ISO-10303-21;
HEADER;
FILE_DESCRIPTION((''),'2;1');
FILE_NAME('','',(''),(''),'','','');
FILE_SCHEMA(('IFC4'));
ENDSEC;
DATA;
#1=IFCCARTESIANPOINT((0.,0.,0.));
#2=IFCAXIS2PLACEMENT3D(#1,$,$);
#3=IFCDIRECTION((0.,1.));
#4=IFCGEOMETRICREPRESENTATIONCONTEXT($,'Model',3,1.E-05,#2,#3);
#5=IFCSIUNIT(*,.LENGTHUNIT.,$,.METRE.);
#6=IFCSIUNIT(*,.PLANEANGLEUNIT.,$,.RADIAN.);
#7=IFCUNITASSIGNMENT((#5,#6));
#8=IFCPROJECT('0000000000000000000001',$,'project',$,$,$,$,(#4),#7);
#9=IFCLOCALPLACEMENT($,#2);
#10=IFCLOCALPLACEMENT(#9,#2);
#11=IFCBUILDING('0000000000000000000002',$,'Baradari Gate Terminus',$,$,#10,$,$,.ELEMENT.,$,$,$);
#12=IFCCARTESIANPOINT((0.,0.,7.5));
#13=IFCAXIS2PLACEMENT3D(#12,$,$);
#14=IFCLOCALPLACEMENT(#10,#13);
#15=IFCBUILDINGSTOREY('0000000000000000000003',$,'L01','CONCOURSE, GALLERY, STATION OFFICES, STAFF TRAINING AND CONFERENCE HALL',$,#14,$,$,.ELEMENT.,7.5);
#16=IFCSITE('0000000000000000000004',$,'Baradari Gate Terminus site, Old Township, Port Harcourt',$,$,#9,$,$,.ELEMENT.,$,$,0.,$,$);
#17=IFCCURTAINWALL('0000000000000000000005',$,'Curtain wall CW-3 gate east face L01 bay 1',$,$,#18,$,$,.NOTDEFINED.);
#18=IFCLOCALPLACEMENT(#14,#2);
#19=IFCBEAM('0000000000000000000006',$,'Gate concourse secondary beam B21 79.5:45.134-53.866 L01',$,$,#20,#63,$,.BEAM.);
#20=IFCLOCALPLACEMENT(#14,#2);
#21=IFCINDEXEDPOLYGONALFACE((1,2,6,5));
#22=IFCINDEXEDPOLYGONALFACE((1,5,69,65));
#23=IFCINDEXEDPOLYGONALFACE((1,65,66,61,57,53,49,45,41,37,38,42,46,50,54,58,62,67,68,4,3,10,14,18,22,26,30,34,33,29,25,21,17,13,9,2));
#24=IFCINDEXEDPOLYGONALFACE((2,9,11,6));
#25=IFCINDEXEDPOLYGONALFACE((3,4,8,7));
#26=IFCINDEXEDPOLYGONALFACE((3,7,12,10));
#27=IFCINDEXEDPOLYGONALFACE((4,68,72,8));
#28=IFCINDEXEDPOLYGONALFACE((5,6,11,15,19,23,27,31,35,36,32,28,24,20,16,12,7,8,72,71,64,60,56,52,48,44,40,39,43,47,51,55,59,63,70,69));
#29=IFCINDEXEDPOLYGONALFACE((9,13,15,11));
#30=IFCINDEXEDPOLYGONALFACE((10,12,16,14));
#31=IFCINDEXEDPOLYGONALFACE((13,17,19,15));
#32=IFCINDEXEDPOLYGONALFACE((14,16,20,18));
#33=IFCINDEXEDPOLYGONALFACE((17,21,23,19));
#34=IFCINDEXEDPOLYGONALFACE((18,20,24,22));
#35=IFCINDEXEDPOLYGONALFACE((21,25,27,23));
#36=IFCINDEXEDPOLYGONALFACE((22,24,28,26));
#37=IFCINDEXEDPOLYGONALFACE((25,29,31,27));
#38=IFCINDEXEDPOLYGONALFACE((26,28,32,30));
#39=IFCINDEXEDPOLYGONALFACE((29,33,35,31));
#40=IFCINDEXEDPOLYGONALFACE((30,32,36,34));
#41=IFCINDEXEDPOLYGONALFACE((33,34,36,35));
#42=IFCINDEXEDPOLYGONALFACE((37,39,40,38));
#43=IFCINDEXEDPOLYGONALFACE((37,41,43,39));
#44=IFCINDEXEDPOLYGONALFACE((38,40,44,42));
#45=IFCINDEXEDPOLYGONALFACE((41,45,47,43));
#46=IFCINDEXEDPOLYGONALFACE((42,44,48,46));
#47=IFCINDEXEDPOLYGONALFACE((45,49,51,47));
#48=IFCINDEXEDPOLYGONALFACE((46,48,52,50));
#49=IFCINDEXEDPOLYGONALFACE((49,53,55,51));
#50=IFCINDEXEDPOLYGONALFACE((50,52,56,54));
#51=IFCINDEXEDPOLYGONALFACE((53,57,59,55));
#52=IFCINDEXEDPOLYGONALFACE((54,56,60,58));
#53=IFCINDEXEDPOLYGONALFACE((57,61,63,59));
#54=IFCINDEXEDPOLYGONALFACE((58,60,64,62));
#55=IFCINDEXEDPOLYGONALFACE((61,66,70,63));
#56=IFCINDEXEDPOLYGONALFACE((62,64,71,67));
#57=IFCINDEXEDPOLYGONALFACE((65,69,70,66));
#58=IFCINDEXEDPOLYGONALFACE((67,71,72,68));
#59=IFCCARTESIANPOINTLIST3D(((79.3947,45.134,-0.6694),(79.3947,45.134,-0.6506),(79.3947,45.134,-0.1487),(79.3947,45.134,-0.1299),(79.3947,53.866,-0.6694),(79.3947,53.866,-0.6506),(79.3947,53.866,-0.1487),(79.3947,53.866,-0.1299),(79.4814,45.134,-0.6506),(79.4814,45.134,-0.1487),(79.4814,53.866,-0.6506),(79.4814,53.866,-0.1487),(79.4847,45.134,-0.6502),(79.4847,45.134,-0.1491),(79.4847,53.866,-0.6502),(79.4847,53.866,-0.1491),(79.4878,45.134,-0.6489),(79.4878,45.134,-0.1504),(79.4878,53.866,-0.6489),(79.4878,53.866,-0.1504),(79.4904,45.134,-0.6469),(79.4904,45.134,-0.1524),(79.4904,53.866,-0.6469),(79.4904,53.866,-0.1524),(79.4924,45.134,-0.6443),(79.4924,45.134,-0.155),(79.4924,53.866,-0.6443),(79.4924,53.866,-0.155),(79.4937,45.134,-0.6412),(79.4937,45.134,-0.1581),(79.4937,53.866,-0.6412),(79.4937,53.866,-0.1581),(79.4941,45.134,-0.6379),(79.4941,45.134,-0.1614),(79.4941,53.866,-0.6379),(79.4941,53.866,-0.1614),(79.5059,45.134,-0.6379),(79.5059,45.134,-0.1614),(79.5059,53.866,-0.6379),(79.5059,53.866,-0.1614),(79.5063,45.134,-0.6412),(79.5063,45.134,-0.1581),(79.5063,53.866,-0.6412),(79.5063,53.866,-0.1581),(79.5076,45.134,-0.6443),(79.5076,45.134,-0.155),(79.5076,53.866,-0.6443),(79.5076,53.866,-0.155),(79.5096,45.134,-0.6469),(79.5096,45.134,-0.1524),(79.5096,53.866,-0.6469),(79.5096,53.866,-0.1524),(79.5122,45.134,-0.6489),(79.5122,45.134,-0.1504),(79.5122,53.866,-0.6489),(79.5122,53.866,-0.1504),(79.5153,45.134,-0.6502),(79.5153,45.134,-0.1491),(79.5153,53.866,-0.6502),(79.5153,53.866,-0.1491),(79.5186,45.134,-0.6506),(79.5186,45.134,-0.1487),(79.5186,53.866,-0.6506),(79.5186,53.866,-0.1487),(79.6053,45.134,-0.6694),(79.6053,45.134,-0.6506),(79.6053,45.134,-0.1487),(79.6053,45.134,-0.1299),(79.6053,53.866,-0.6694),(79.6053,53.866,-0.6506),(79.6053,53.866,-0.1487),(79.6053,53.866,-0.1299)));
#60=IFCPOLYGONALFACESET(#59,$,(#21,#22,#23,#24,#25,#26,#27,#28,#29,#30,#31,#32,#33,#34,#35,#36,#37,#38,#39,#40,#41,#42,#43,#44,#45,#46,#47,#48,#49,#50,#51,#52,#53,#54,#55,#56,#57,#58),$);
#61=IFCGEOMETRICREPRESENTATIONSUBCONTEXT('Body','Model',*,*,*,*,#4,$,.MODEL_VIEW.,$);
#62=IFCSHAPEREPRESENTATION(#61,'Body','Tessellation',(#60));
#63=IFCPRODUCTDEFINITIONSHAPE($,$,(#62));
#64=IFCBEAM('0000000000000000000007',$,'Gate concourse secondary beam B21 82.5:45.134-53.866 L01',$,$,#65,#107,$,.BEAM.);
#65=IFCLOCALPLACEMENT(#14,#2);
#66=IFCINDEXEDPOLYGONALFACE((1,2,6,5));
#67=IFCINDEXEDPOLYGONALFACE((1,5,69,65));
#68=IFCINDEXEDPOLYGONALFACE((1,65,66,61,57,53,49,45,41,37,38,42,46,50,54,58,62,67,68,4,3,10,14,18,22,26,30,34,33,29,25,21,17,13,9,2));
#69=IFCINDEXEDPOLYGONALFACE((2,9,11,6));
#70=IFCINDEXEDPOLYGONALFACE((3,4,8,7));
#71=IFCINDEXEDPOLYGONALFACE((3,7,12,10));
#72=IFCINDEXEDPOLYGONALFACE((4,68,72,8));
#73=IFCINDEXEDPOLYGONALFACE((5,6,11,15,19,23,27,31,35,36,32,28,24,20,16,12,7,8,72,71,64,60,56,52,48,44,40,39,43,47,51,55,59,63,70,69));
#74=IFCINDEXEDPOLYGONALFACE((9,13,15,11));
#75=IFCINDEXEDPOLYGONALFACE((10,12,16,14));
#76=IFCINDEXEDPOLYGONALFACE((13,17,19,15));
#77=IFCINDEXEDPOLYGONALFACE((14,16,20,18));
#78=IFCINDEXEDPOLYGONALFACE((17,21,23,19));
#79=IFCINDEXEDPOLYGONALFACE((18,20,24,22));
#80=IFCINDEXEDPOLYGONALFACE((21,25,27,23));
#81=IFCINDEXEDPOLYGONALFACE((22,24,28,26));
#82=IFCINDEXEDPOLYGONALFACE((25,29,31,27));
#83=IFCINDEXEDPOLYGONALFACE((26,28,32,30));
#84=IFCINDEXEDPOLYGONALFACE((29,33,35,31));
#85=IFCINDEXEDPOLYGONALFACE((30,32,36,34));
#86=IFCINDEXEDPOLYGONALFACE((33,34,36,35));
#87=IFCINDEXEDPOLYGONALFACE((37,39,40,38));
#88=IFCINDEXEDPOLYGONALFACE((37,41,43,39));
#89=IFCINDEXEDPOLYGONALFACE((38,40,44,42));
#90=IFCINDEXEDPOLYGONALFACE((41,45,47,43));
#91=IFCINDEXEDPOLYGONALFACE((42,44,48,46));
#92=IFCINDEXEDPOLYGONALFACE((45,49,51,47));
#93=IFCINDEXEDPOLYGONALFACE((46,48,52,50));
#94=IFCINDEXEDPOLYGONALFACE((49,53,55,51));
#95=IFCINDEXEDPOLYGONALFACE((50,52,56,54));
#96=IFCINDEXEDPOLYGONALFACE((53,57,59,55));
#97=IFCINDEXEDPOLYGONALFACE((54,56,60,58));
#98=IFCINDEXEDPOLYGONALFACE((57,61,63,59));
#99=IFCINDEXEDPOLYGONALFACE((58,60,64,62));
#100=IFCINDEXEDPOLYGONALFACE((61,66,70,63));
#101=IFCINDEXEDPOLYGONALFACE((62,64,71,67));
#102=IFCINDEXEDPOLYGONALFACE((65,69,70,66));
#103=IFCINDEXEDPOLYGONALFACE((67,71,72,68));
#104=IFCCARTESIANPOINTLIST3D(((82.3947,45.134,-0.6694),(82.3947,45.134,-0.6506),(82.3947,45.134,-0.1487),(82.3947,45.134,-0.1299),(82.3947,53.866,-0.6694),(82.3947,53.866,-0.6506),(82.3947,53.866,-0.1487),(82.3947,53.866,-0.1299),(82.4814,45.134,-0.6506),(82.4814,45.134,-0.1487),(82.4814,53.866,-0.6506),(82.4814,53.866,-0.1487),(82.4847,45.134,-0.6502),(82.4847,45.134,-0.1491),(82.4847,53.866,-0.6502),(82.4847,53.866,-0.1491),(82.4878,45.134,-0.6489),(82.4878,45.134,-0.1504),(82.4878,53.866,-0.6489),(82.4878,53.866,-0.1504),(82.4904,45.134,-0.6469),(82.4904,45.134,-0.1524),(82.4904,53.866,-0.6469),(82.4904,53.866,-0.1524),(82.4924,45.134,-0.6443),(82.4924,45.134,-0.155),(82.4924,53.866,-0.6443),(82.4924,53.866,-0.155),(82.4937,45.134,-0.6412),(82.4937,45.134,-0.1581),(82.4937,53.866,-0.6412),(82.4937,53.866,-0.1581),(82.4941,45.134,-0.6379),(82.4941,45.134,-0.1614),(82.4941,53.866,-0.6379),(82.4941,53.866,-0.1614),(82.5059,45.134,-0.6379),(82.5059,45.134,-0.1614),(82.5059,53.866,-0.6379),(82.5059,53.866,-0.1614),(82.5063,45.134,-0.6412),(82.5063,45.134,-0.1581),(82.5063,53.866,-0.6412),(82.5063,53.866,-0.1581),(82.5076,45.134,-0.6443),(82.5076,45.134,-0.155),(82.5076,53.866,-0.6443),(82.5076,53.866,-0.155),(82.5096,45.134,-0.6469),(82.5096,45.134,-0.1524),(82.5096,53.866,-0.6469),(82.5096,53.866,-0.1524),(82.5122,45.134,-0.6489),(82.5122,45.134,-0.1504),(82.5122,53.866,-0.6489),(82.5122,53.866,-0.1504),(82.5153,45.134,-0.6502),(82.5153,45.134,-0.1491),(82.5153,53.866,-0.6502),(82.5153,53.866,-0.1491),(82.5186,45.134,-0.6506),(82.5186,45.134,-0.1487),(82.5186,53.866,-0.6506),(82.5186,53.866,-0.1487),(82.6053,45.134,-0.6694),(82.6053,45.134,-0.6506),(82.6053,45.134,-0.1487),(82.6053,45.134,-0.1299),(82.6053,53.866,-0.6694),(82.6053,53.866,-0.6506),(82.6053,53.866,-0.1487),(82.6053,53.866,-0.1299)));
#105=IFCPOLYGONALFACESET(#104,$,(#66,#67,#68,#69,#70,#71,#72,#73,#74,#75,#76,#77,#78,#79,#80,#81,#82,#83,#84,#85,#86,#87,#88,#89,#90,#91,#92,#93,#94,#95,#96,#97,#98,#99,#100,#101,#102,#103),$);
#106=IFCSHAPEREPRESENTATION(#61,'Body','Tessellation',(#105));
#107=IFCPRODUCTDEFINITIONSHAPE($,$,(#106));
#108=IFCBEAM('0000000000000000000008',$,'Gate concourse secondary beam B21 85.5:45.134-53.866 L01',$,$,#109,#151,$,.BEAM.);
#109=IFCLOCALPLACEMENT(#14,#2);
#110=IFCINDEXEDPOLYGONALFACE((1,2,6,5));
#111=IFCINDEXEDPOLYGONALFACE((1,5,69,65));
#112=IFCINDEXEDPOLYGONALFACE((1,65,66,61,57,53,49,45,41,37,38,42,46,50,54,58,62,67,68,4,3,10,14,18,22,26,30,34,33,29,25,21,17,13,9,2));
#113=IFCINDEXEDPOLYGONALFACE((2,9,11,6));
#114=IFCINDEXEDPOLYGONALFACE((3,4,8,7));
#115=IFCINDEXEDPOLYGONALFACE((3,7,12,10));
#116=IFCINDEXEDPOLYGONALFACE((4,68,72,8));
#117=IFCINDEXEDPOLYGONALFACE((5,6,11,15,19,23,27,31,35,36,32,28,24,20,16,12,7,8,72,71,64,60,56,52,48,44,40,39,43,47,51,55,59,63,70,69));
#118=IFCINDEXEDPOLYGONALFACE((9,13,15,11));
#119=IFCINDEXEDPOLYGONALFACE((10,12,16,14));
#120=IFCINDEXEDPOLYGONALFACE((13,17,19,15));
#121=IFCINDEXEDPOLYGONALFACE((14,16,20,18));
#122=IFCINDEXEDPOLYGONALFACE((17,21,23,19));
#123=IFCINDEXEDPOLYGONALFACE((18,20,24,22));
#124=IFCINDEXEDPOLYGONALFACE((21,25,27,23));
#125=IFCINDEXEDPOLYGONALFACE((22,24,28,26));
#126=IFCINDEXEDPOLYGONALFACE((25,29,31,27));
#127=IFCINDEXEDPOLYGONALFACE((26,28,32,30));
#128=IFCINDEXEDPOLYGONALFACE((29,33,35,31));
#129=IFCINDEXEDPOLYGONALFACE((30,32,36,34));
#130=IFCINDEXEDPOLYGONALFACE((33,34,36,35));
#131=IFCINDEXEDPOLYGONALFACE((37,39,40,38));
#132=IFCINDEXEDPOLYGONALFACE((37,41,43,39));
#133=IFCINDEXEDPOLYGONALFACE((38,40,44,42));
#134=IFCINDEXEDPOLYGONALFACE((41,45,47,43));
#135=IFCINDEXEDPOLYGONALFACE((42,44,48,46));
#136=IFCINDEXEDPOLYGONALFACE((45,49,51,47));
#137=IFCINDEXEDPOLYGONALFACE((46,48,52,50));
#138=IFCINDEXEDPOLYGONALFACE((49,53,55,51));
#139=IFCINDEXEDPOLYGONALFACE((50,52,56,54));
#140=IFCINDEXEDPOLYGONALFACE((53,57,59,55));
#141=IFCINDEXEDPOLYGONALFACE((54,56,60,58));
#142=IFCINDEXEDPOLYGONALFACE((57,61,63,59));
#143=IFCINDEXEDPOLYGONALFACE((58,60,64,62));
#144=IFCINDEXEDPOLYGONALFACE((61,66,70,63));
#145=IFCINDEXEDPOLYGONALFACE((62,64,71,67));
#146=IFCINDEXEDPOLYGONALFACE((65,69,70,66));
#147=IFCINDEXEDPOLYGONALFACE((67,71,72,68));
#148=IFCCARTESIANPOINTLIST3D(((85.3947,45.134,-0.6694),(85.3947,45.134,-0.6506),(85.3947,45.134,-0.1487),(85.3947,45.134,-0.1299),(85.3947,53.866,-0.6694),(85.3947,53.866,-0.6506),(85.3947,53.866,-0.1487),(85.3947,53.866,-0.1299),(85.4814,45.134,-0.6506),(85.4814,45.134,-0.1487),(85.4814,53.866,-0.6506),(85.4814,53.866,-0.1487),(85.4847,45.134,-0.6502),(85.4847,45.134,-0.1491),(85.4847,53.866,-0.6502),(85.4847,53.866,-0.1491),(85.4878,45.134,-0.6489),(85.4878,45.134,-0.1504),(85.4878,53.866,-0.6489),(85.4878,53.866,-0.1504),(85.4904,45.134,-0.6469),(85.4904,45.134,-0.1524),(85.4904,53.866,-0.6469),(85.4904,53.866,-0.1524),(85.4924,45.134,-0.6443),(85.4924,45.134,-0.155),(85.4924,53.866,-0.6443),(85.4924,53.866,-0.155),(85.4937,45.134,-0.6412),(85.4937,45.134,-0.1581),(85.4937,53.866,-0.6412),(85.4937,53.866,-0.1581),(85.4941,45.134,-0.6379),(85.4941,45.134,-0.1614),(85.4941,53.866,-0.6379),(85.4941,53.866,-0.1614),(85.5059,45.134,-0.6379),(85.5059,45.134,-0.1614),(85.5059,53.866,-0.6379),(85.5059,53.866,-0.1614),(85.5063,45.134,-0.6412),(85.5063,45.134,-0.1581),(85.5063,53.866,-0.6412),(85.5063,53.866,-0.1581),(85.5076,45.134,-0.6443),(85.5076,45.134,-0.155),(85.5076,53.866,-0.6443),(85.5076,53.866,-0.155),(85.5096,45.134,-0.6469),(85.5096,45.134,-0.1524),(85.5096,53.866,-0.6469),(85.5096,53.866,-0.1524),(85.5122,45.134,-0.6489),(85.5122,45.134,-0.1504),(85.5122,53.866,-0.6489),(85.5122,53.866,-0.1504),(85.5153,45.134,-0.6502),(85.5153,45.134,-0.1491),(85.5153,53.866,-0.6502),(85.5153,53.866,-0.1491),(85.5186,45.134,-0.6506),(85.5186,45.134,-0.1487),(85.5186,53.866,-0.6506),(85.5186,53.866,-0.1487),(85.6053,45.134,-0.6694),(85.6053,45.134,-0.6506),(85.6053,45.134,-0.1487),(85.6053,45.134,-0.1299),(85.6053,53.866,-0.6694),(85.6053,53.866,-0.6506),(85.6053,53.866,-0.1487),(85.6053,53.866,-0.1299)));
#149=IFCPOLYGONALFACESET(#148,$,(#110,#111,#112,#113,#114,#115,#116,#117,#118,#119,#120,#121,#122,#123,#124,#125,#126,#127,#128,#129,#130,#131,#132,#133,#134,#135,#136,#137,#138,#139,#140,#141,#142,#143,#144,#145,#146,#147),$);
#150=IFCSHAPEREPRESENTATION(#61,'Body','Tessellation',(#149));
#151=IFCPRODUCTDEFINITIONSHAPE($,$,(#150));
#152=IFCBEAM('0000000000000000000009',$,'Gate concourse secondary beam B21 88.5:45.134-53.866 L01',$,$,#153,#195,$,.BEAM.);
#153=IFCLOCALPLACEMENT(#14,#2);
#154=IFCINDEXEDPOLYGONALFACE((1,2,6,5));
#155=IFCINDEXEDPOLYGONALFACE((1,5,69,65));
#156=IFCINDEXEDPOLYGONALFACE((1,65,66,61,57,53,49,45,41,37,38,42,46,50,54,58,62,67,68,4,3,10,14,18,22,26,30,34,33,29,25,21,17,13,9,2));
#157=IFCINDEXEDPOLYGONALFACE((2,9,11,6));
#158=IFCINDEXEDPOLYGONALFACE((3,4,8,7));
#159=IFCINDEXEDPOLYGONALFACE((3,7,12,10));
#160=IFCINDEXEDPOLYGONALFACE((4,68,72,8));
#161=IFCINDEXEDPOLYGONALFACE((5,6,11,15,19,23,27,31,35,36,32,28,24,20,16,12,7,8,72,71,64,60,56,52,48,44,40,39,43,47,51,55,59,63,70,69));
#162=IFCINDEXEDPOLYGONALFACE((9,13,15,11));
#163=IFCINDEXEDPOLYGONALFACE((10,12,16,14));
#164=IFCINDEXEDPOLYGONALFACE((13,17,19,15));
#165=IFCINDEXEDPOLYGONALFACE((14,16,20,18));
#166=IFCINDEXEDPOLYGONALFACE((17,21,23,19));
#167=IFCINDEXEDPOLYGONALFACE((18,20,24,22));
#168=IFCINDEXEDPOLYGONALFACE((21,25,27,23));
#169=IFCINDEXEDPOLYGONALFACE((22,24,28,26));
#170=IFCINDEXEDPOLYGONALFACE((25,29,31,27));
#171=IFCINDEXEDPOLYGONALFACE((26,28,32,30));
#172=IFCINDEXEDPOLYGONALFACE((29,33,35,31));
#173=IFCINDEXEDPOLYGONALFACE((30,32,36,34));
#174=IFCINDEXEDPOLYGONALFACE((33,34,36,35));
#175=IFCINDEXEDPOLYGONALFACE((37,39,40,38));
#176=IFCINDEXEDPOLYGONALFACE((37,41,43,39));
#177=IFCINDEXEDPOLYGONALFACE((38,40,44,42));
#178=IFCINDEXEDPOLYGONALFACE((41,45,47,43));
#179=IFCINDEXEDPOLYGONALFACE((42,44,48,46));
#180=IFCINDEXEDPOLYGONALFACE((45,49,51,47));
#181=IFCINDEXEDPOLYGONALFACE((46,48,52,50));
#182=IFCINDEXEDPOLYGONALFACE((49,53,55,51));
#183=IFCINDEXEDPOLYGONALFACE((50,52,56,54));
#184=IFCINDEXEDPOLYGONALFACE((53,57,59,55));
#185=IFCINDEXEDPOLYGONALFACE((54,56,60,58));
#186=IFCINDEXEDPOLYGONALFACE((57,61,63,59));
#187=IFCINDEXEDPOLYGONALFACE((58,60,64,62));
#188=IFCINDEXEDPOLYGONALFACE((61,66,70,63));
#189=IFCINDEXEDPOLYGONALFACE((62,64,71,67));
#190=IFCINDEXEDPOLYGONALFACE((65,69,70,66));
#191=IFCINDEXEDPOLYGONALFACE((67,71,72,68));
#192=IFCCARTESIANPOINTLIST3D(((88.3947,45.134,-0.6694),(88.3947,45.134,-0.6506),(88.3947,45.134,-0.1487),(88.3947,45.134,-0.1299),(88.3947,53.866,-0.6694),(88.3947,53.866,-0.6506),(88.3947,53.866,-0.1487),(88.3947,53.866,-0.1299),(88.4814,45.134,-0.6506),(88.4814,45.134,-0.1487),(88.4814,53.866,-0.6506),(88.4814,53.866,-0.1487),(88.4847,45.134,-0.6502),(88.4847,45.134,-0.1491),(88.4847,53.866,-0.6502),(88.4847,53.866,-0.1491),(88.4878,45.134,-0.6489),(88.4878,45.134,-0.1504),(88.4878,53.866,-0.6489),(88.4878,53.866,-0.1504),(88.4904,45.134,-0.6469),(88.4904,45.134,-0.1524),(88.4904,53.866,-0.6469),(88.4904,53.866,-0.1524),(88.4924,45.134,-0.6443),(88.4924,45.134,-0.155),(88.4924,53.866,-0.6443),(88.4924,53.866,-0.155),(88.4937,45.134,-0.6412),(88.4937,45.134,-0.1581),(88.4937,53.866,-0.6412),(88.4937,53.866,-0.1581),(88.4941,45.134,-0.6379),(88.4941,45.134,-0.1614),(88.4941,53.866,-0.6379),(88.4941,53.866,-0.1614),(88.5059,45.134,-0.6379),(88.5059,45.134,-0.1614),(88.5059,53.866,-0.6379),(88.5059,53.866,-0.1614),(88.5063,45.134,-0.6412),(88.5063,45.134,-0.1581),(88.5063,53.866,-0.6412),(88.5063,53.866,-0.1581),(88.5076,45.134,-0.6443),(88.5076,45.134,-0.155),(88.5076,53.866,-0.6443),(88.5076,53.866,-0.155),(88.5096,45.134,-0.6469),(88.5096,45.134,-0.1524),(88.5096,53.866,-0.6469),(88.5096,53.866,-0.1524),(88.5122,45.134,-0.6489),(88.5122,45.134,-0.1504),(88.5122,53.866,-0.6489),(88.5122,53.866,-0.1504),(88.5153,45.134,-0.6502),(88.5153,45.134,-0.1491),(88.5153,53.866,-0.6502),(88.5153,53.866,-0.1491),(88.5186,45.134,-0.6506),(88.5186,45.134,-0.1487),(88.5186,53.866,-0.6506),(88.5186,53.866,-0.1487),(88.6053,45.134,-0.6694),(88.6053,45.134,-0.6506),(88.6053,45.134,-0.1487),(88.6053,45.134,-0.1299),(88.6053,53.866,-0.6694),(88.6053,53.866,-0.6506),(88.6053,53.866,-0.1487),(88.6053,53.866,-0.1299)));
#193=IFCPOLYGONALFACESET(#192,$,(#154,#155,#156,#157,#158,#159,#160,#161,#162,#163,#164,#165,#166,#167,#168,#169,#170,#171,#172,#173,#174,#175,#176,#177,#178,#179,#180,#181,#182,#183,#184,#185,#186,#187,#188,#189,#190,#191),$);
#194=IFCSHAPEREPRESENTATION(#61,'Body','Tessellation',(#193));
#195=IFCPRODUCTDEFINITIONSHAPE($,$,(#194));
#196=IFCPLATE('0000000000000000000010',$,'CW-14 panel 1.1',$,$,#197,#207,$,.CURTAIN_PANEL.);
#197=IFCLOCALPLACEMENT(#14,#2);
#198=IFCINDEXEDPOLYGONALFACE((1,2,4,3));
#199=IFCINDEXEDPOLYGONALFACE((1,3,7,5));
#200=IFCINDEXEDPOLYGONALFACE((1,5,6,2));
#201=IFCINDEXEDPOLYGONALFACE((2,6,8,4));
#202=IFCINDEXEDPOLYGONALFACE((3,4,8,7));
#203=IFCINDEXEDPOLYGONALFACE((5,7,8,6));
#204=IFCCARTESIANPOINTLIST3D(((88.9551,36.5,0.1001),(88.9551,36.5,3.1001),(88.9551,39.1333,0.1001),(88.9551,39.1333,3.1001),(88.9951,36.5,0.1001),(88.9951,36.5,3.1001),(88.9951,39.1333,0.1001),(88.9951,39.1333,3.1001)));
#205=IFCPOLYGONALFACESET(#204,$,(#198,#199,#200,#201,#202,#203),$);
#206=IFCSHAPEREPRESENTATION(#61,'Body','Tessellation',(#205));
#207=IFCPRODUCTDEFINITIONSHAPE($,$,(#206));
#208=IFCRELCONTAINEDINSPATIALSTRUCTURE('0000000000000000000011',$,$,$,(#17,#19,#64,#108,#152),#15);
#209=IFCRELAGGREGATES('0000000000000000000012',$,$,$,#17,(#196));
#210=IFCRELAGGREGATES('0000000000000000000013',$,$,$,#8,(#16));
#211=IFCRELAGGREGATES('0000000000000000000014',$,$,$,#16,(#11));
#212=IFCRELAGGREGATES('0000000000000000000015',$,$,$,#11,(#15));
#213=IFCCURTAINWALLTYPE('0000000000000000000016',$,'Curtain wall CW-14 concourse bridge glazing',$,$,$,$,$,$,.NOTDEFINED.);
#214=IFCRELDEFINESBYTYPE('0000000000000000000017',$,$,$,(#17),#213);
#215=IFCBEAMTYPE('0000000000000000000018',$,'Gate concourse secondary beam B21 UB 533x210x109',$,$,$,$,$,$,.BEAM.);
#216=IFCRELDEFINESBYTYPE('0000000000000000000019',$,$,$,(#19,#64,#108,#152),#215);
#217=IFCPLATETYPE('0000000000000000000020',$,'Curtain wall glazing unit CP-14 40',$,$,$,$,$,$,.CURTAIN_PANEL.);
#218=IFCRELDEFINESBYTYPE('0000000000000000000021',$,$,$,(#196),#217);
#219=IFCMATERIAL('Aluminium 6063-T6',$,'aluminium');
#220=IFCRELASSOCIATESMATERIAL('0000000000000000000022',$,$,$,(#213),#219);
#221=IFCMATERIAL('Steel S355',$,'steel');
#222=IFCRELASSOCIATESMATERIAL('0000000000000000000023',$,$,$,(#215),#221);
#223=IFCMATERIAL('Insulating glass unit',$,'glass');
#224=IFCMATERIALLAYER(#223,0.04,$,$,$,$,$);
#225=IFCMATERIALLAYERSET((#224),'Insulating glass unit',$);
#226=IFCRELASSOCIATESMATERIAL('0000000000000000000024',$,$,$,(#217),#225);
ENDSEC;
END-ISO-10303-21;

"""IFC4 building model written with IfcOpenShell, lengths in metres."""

from ifc_helpers import new_model, si_unit, direction, frame, origin, origin_2d, place, context, subcontext, project, spatial, rectangle, i_section, extrude, material, layer, layer_set, material_profile, profile_set, type_object, element, aggregate, save


model = new_model("IFC4")

# Units and contexts
model_context = context("Model", 3, precision=1e-05, world=origin(), true_north=direction((0.0, 1.0)))
body_context = subcontext(model_context, "Body", "Model", "MODEL_VIEW")
ifc_project = project(units=[si_unit("LENGTHUNIT", "METRE"), si_unit("PLANEANGLEUNIT", "RADIAN")], contexts=[model_context])

# Site, building, storey
site_placement = place(None, origin())
site = spatial("IfcSite", under=ifc_project, at=site_placement, Name="Baradari Gate Terminus site, Old Township, Port Harcourt", CompositionType="ELEMENT", RefElevation=0.0)
building_placement = place(site_placement, origin())
building = spatial("IfcBuilding", under=site, at=building_placement, Name="Baradari Gate Terminus", CompositionType="ELEMENT")
storey_placement = place(building_placement, frame((0.0, 0.0, 7.5)))
storey = spatial("IfcBuildingStorey", under=building, at=storey_placement, Name="L01", Description="CONCOURSE, GALLERY, STATION OFFICES, STAFF TRAINING AND CONFERENCE HALL", CompositionType="ELEMENT", Elevation=7.5)

# Curtain wall
ifc_material_1 = material(Name="Aluminium 6063-T6", Category="aluminium")
curtain_wall_type = type_object("IfcCurtainWallType", Name="Curtain wall CW-14 concourse bridge glazing", PredefinedType="NOTDEFINED", material=ifc_material_1)
curtain_wall_placement = place(storey_placement, origin())
curtain_wall = element("IfcCurtainWall", 1, at=curtain_wall_placement, inside=storey, type_object=curtain_wall_type, Name="Curtain wall CW-3 gate east face L01 bay 1", PredefinedType="NOTDEFINED")

# Beams
ifc_material_2 = material(Name="Steel S355", Category="steel")
ifc_material_profile_1 = material_profile(ifc_material_2, i_section(OverallWidth=0.2107, OverallDepth=0.5396, WebThickness=0.0117, FlangeThickness=0.0188, FilletRadius=0.0127, at=origin_2d()), Name="UB 533x210x109")
ifc_profile_set_1 = profile_set([ifc_material_profile_1], Name="Steel S355")
beam_type_1 = type_object("IfcBeamType", Name="Gate concourse secondary beam B21 UB 533x210x109", PredefinedType="BEAM", material=ifc_profile_set_1)
for number, where, z_axis, x_axis, name in (
    (2, (79.5, 45.134, -0.3997), (0.0, 1.0, 0.0), (-1.0, 0.0, 0.0), "Gate concourse secondary beam B21 79.5:45.134-53.866 L01"),
    (3, (82.5, 45.134, -0.3997), (0.0, 1.0, 0.0), (-1.0, 0.0, 0.0), "Gate concourse secondary beam B21 82.5:45.134-53.866 L01"),
    (4, (85.5, 45.134, -0.3997), (0.0, 1.0, 0.0), (-1.0, 0.0, 0.0), "Gate concourse secondary beam B21 85.5:45.134-53.866 L01"),
    (5, (88.5, 45.134, -0.3997), (0.0, 1.0, 0.0), (-1.0, 0.0, 0.0), "Gate concourse secondary beam B21 88.5:45.134-53.866 L01"),
):
    element("IfcBeam", number, at=place(storey_placement, frame(where, z_axis=z_axis, x_axis=x_axis)), inside=storey, type_object=beam_type_1, Name=name, PredefinedType="BEAM", context=body_context, shape_type="SweptSolid", body=[
        extrude(i_section(OverallWidth=0.2107, OverallDepth=0.5396, WebThickness=0.0117, FlangeThickness=0.0188, FilletRadius=0.0127, at=origin_2d()), origin(), (0.0, 0.0, 1.0), 8.7319),
    ])

# Plate
ifc_material_3 = material(Name="Insulating glass unit", Category="glass")
ifc_layer_1 = layer(ifc_material_3, 0.04)
ifc_layer_set_1 = layer_set([ifc_layer_1], Name="Insulating glass unit")
plate_type_1 = type_object("IfcPlateType", Name="Curtain wall glazing unit CP-14 40", PredefinedType="CURTAIN_PANEL", material=ifc_layer_set_1)
plate_1_placement = place(storey_placement, frame((88.9751, 37.8167, 0.1001), z_axis=(0.0, 0.0, 1.0), x_axis=(0.0, 1.0, 0.0)))
plate_1 = element("IfcPlate", 6, at=plate_1_placement, type_object=plate_type_1, Name="CW-14 panel 1.1", PredefinedType="CURTAIN_PANEL", context=body_context, shape_type="SweptSolid", body=[
    extrude(rectangle(XDim=2.6333, YDim=0.04, at=origin_2d()), origin(), (0.0, 0.0, 1.0), 3.0),
])
aggregate(curtain_wall, [plate_1])

save(model, "model.ifc")
